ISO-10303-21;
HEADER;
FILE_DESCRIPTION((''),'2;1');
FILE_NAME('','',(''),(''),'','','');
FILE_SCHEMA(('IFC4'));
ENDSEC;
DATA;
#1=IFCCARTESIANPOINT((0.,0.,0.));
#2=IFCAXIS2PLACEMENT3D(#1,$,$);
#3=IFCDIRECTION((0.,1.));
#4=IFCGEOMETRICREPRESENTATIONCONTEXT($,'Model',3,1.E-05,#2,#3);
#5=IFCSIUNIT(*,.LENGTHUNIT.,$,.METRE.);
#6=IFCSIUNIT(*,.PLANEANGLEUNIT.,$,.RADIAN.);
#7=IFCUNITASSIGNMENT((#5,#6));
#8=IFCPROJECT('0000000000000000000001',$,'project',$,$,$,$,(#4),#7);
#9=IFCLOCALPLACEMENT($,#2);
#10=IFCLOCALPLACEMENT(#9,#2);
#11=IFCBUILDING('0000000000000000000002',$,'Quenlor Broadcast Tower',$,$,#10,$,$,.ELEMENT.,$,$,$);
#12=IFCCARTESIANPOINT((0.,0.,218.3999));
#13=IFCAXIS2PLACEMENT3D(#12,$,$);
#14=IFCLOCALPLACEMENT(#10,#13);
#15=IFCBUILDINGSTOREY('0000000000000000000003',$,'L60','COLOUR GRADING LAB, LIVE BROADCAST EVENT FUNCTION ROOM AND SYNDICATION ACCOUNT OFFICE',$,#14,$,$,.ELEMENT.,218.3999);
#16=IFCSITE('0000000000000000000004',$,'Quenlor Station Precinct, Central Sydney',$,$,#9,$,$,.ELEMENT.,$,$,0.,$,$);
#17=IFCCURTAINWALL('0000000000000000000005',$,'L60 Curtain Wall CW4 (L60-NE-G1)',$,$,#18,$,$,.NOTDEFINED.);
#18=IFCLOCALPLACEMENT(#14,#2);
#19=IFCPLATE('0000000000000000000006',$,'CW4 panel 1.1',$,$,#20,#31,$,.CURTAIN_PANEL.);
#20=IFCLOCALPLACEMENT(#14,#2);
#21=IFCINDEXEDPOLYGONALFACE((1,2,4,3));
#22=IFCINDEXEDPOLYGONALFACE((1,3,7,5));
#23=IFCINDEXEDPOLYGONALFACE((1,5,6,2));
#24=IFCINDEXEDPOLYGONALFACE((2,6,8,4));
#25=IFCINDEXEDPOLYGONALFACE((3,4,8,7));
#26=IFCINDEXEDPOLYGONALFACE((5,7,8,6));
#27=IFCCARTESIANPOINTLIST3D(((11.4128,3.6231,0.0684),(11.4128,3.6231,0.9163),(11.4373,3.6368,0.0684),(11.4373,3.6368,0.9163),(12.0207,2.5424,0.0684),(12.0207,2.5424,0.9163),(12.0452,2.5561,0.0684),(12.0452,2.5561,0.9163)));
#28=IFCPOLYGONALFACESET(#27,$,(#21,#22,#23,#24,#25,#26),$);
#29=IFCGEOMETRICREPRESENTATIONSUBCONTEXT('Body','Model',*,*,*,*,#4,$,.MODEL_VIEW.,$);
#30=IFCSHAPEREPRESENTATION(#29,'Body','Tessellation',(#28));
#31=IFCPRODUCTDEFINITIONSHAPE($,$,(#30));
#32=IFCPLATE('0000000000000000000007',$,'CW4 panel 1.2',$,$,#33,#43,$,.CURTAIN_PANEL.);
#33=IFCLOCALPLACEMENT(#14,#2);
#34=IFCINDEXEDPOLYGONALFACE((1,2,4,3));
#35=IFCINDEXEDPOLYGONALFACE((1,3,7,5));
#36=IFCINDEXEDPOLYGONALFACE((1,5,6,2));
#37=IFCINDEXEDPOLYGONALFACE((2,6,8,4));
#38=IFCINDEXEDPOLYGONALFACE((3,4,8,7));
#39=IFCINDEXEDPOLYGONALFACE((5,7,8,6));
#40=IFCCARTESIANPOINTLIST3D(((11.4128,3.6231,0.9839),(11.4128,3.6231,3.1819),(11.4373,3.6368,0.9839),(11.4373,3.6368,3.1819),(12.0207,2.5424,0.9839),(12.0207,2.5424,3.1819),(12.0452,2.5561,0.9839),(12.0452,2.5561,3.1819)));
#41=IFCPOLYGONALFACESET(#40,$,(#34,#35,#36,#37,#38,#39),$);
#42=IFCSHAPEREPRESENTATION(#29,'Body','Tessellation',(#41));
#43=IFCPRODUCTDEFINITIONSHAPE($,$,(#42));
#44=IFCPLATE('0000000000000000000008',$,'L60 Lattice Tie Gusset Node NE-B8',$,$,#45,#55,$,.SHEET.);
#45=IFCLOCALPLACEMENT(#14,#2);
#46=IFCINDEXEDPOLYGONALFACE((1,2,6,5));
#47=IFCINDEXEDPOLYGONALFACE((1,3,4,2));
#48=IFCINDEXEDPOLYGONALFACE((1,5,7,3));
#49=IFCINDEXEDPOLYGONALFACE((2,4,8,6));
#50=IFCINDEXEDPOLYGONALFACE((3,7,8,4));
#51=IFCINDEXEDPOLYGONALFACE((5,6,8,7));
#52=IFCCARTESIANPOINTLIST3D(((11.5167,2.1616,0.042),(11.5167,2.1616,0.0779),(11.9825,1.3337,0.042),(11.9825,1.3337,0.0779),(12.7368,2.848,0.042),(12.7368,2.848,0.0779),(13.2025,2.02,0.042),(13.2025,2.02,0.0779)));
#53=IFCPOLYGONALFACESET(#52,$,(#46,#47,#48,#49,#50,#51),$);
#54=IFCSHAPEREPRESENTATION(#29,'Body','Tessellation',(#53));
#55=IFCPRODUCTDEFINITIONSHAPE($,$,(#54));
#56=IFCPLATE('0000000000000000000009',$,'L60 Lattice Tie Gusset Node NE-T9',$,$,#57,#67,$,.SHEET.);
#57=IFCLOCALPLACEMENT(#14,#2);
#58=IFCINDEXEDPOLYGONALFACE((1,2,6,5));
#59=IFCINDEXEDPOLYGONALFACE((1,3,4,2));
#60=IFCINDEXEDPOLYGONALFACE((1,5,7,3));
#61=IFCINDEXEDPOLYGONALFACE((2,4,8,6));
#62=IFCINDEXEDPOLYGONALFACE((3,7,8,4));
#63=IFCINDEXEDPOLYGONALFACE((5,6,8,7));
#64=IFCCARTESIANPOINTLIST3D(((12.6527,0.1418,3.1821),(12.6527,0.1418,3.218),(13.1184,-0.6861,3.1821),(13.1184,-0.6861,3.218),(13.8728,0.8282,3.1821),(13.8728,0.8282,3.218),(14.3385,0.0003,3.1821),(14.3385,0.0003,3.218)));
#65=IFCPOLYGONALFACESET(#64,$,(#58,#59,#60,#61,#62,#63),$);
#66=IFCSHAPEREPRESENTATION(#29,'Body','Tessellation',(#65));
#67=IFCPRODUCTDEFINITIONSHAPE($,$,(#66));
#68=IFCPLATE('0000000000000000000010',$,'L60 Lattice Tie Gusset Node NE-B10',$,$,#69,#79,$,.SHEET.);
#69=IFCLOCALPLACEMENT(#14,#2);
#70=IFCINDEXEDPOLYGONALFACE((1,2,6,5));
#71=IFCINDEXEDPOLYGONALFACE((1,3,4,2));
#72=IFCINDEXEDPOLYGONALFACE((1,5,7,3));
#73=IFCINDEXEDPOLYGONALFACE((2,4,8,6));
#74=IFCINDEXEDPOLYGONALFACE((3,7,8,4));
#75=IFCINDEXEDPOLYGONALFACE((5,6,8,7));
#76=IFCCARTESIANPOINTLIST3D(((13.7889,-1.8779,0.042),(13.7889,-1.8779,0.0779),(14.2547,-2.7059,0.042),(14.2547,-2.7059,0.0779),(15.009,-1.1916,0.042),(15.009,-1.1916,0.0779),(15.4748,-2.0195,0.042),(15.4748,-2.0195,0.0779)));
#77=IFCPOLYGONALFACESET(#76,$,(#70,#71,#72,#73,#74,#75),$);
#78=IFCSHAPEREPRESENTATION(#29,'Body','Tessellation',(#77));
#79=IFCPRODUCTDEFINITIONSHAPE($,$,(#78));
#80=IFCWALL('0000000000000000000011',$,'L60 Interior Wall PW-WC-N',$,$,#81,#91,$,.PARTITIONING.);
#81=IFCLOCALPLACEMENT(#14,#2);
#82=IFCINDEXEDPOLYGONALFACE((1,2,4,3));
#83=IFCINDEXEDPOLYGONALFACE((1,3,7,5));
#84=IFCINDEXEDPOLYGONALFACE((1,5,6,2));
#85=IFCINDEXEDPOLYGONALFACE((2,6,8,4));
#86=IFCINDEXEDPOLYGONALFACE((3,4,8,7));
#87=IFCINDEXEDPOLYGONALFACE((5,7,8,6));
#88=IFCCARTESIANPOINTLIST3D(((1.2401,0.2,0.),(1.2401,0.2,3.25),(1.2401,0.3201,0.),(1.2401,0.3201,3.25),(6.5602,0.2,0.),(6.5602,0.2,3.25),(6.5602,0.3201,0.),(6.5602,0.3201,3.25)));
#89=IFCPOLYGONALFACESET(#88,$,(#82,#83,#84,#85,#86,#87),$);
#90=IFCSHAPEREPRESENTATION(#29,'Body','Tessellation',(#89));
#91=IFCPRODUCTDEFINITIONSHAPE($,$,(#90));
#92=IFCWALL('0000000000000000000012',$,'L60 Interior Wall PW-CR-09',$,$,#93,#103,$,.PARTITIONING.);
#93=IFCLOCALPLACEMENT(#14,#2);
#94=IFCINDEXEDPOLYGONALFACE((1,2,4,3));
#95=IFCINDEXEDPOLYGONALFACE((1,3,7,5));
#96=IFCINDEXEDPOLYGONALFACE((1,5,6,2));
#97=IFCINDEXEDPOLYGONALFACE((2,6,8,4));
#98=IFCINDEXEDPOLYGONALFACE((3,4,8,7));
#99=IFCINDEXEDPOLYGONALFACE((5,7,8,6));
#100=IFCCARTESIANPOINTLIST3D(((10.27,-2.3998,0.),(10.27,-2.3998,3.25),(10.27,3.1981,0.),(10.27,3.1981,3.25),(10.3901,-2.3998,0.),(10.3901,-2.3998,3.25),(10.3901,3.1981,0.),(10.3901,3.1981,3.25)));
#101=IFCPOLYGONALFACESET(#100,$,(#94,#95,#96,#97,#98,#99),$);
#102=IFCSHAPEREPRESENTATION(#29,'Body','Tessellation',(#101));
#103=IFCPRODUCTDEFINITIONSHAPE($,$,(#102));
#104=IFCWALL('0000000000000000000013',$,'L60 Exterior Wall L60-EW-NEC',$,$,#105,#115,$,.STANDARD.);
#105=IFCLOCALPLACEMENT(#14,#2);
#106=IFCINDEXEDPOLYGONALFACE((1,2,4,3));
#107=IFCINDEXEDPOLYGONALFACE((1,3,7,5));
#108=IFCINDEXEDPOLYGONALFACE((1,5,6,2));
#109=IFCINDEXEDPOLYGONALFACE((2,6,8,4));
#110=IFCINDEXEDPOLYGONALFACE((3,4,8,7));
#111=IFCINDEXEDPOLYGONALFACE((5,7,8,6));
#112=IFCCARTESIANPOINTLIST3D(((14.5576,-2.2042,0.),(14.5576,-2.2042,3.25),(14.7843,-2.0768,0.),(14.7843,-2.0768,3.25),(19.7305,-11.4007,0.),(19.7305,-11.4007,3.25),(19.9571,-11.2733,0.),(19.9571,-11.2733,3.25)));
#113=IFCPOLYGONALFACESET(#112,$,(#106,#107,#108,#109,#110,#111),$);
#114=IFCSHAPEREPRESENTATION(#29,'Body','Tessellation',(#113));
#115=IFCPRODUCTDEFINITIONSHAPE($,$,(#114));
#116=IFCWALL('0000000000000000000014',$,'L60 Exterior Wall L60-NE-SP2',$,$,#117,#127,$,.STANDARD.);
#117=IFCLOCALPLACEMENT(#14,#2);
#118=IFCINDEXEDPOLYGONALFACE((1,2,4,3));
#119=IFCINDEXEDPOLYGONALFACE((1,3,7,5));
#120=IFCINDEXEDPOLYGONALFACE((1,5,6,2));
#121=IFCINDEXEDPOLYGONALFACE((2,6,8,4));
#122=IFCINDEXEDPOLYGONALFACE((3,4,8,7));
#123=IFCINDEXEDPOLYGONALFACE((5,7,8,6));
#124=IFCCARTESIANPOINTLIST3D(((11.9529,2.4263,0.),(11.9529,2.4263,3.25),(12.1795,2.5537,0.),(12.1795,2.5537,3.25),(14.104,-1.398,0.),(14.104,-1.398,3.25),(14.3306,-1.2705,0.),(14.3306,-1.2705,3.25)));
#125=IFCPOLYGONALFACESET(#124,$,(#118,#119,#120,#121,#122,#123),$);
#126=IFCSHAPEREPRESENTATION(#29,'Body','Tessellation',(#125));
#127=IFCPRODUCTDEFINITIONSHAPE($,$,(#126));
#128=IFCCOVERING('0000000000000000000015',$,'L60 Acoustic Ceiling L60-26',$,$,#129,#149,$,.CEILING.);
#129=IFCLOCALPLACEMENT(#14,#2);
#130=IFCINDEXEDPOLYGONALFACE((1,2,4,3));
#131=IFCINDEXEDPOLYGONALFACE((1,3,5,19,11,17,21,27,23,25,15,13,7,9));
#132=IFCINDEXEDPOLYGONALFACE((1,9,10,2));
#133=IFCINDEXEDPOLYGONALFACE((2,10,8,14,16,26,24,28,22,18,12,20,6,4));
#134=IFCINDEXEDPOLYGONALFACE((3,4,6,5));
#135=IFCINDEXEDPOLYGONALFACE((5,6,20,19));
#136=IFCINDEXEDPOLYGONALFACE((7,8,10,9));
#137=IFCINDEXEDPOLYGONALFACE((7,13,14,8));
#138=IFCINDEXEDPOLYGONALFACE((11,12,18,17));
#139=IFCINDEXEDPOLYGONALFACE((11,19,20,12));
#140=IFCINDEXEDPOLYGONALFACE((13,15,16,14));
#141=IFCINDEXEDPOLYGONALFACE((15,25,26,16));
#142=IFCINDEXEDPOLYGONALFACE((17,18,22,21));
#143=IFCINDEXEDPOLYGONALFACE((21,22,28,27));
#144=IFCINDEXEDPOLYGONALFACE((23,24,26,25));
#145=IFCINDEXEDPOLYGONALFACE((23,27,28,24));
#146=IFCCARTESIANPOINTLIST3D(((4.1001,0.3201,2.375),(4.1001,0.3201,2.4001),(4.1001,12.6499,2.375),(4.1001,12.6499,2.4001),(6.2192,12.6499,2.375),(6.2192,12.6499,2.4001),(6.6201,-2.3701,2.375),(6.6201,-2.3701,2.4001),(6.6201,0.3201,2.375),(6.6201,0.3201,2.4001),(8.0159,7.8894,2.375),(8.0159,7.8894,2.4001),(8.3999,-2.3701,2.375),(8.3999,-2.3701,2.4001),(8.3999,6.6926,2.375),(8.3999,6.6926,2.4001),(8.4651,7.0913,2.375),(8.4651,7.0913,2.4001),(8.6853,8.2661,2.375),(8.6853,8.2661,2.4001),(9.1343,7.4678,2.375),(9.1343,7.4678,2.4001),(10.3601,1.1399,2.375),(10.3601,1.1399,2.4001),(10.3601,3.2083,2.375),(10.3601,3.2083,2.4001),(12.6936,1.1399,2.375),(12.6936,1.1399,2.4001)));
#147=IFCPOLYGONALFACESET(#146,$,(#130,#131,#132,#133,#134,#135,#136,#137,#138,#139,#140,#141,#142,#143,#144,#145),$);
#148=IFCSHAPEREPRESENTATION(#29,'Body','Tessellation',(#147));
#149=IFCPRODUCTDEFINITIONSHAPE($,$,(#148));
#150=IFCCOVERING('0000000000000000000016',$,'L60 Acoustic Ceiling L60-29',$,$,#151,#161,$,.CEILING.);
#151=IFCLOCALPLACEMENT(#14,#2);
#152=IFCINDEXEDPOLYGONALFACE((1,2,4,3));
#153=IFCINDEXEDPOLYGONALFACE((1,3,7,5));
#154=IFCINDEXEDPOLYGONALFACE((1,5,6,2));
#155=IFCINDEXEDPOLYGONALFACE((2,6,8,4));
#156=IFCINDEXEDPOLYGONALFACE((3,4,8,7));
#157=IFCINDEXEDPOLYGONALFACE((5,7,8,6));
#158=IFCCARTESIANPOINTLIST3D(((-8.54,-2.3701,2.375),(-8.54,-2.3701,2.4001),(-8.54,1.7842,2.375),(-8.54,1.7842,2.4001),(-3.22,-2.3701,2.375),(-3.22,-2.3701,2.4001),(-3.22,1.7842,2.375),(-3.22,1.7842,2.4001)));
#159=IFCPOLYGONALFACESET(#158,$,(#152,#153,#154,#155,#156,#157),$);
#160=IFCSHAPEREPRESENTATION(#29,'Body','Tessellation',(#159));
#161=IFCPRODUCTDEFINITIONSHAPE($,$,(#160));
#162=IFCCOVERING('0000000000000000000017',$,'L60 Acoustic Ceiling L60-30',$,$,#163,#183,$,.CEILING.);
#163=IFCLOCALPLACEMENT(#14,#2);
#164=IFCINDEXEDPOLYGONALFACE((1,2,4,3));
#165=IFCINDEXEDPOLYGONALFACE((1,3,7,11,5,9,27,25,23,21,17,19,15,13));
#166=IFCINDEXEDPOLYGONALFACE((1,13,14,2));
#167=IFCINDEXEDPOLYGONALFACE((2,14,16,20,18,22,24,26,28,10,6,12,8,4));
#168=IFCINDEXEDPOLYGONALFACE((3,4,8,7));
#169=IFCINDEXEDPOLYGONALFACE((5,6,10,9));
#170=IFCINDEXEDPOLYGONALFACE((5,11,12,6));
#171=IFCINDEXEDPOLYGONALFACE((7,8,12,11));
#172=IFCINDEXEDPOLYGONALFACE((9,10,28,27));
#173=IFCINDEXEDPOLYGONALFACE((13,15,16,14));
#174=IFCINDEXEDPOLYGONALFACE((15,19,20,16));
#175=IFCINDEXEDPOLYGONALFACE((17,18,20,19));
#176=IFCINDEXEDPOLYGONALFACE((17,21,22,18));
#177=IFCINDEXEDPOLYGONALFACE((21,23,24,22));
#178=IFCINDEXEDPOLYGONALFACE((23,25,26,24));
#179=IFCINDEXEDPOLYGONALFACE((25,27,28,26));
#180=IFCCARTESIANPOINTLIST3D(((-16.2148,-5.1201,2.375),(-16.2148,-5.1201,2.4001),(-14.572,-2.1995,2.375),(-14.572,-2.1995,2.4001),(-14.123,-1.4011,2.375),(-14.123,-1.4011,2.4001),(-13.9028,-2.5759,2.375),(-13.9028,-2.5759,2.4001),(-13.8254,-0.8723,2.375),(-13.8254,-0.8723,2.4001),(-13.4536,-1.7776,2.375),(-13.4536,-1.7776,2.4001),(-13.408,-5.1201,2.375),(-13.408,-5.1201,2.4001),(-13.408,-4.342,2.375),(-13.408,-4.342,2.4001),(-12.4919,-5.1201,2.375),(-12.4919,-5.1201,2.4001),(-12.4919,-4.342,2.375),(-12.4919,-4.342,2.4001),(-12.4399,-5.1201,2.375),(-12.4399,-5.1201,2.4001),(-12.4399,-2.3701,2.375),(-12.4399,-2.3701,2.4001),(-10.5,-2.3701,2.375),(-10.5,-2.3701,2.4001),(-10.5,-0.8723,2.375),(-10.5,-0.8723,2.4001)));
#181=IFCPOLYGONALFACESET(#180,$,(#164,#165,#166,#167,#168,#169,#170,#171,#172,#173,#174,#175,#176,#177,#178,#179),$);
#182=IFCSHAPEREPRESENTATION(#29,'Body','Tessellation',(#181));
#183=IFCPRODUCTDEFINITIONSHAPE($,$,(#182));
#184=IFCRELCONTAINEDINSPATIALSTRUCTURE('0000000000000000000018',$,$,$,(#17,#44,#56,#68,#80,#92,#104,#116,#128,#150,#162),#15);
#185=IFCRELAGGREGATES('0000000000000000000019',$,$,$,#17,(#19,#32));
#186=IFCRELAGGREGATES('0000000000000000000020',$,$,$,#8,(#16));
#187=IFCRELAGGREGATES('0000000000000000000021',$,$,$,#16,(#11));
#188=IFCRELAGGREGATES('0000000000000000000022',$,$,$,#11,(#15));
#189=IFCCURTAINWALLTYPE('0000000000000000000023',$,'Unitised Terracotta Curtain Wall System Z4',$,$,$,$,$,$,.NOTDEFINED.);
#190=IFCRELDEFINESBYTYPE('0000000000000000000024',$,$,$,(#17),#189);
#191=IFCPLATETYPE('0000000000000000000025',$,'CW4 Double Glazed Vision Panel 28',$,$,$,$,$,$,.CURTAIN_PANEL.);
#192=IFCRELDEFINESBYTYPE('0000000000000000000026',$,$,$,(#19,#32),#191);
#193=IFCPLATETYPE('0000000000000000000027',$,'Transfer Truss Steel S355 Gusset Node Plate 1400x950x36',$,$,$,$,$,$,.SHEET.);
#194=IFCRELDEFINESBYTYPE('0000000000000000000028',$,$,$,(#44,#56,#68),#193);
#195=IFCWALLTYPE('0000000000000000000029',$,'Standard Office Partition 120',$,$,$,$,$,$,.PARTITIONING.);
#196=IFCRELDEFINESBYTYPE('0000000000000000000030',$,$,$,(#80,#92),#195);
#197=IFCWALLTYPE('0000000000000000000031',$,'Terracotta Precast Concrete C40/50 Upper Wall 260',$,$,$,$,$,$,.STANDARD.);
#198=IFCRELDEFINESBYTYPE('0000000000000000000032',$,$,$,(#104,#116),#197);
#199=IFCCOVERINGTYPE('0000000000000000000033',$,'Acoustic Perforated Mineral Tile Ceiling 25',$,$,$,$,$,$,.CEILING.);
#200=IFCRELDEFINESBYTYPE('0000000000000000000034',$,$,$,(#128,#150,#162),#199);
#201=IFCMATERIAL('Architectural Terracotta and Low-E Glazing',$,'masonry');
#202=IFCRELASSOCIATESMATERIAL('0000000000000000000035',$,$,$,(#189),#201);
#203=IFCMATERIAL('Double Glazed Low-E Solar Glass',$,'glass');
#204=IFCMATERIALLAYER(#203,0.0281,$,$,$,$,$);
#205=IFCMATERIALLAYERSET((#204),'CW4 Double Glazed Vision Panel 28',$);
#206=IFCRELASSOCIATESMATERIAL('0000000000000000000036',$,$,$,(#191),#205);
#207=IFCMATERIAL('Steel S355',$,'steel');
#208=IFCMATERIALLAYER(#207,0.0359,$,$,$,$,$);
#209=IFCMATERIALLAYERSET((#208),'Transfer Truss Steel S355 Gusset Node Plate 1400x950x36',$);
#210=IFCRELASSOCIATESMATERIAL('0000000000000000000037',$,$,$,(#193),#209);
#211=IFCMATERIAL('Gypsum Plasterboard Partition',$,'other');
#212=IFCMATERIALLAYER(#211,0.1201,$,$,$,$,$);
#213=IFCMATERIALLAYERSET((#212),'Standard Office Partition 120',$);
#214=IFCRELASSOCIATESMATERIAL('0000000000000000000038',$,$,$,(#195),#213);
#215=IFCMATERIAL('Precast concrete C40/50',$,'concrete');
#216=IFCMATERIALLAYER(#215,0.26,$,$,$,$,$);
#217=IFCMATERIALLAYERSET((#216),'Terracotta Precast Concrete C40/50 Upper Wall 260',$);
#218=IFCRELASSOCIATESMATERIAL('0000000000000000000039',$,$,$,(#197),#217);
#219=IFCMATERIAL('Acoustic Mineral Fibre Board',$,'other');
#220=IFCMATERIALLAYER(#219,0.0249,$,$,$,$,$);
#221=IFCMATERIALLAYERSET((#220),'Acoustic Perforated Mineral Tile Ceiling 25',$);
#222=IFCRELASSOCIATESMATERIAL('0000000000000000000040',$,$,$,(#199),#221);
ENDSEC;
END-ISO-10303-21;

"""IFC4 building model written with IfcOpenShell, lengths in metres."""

from ifc_helpers import new_model, si_unit, direction, frame, frame_2d, origin, origin_2d, place, context, subcontext, project, spatial, polyline, rectangle, outline, extrude, material, layer, layer_set, type_object, element, aggregate, save


model = new_model("IFC4")

# Units and contexts
model_context = context("Model", 3, precision=1e-05, world=origin(), true_north=direction((0.0, 1.0)))
body_context = subcontext(model_context, "Body", "Model", "MODEL_VIEW")
ifc_project = project(units=[si_unit("LENGTHUNIT", "METRE"), si_unit("PLANEANGLEUNIT", "RADIAN")], contexts=[model_context])

# Site, building, storey
site_placement = place(None, origin())
site = spatial("IfcSite", under=ifc_project, at=site_placement, Name="Quenlor Station Precinct, Central Sydney", CompositionType="ELEMENT", RefElevation=0.0)
building_placement = place(site_placement, origin())
building = spatial("IfcBuilding", under=site, at=building_placement, Name="Quenlor Broadcast Tower", CompositionType="ELEMENT")
storey_placement = place(building_placement, frame((0.0, 0.0, 218.3999)))
storey = spatial("IfcBuildingStorey", under=building, at=storey_placement, Name="L60", Description="COLOUR GRADING LAB, LIVE BROADCAST EVENT FUNCTION ROOM AND SYNDICATION ACCOUNT OFFICE", CompositionType="ELEMENT", Elevation=218.3999)

# Curtain wall
ifc_material_1 = material(Name="Architectural Terracotta and Low-E Glazing", Category="masonry")
curtain_wall_type = type_object("IfcCurtainWallType", Name="Unitised Terracotta Curtain Wall System Z4", PredefinedType="NOTDEFINED", material=ifc_material_1)
curtain_wall_placement = place(storey_placement, origin())
curtain_wall = element("IfcCurtainWall", 1, at=curtain_wall_placement, inside=storey, type_object=curtain_wall_type, Name="L60 Curtain Wall CW4 (L60-NE-G1)", PredefinedType="NOTDEFINED")

# Plates
ifc_material_2 = material(Name="Double Glazed Low-E Solar Glass", Category="glass")
ifc_layer_1 = layer(ifc_material_2, 0.0281)
ifc_layer_set_1 = layer_set([ifc_layer_1], Name="CW4 Double Glazed Vision Panel 28")
plate_type_1 = type_object("IfcPlateType", Name="CW4 Double Glazed Vision Panel 28", PredefinedType="CURTAIN_PANEL", material=ifc_layer_set_1)
plate_1_placement = place(storey_placement, frame((11.729, 3.0896, 0.0684), z_axis=(0.0, 0.0, 1.0), x_axis=(0.490289, -0.87156, 0.0)))
plate_1 = element("IfcPlate", 2, at=plate_1_placement, type_object=plate_type_1, Name="CW4 panel 1.1", PredefinedType="CURTAIN_PANEL", context=body_context, shape_type="SweptSolid", body=[
    extrude(rectangle(XDim=1.24, YDim=0.0281, at=origin_2d()), origin(), (0.0, 0.0, 1.0), 0.8479),
])
plate_2_placement = place(storey_placement, frame((11.729, 3.0896, 0.9839), z_axis=(0.0, 0.0, 1.0), x_axis=(0.490289, -0.87156, 0.0)))
plate_2 = element("IfcPlate", 3, at=plate_2_placement, type_object=plate_type_1, Name="CW4 panel 1.2", PredefinedType="CURTAIN_PANEL", context=body_context, shape_type="SweptSolid", body=[
    extrude(rectangle(XDim=1.24, YDim=0.0281, at=origin_2d()), origin(), (0.0, 0.0, 1.0), 2.198),
])
aggregate(curtain_wall, [plate_1, plate_2])

# Plates
ifc_material_3 = material(Name="Steel S355", Category="steel")
ifc_layer_2 = layer(ifc_material_3, 0.0359)
ifc_layer_set_2 = layer_set([ifc_layer_2], Name="Transfer Truss Steel S355 Gusset Node Plate 1400x950x36")
plate_type_2 = type_object("IfcPlateType", Name="Transfer Truss Steel S355 Gusset Node Plate 1400x950x36", PredefinedType="SHEET", material=ifc_layer_set_2)
for number, where, z_axis, x_axis, name in (
    (4, (12.3596, 2.0908, 0.042), (0.0, 0.0, 1.0), (0.871556, 0.490295, 0.0), "L60 Lattice Tie Gusset Node NE-B8"),
    (5, (13.4956, 0.071, 3.1821), (0.0, 0.0, 1.0), (0.871556, 0.490295, 0.0), "L60 Lattice Tie Gusset Node NE-T9"),
    (6, (14.6318, -1.9487, 0.042), (0.0, 0.0, 1.0), (0.871556, 0.490295, 0.0), "L60 Lattice Tie Gusset Node NE-B10"),
):
    element("IfcPlate", number, at=place(storey_placement, frame(where, z_axis=z_axis, x_axis=x_axis)), inside=storey, type_object=plate_type_2, Name=name, PredefinedType="SHEET", context=body_context, shape_type="SweptSolid", body=[
        extrude(rectangle(XDim=1.3999, YDim=0.95, at=origin_2d()), origin(), (0.0, 0.0, 1.0), 0.0359),
    ])

# Walls
ifc_material_4 = material(Name="Gypsum Plasterboard Partition", Category="other")
ifc_layer_3 = layer(ifc_material_4, 0.1201)
ifc_layer_set_3 = layer_set([ifc_layer_3], Name="Standard Office Partition 120")
wall_type_1 = type_object("IfcWallType", Name="Standard Office Partition 120", PredefinedType="PARTITIONING", material=ifc_layer_set_3)
wall_1_placement = place(storey_placement, frame((1.24, 0.26, 0.0), z_axis=(0.0, 0.0, 1.0), x_axis=(1.0, 0.0, 0.0)))
element("IfcWall", 7, at=wall_1_placement, inside=storey, type_object=wall_type_1, Name="L60 Interior Wall PW-WC-N", PredefinedType="PARTITIONING", context=body_context, shape_type="SweptSolid", body=[
    extrude(rectangle(XDim=5.3201, YDim=0.1201, at=frame_2d((2.6602, 0.0))), origin(), (0.0, 0.0, 1.0), 3.25),
])
wall_2_placement = place(storey_placement, frame((10.3301, 3.198, 0.0), z_axis=(0.0, 0.0, 1.0), x_axis=(0.0, -1.0, 0.0)))
element("IfcWall", 8, at=wall_2_placement, inside=storey, type_object=wall_type_1, Name="L60 Interior Wall PW-CR-09", PredefinedType="PARTITIONING", context=body_context, shape_type="SweptSolid", body=[
    extrude(rectangle(XDim=5.5979, YDim=0.1201, at=frame_2d((2.7988, 0.0))), origin(), (0.0, 0.0, 1.0), 3.25),
])
ifc_material_5 = material(Name="Precast concrete C40/50", Category="concrete")
ifc_layer_4 = layer(ifc_material_5, 0.26)
ifc_layer_set_4 = layer_set([ifc_layer_4], Name="Terracotta Precast Concrete C40/50 Upper Wall 260")
wall_type_2 = type_object("IfcWallType", Name="Terracotta Precast Concrete C40/50 Upper Wall 260", PredefinedType="STANDARD", material=ifc_layer_set_4)
wall_3_placement = place(storey_placement, frame((14.6709, -2.1404, 0.0), z_axis=(0.0, 0.0, 1.0), x_axis=(0.490247, -0.871584, 0.0)))
element("IfcWall", 9, at=wall_3_placement, inside=storey, type_object=wall_type_2, Name="L60 Exterior Wall L60-EW-NEC", PredefinedType="STANDARD", context=body_context, shape_type="SweptSolid", body=[
    extrude(rectangle(XDim=10.5515, YDim=0.26, at=frame_2d((5.2759, 0.0))), origin(), (0.0, 0.0, 1.0), 3.25),
])
wall_4_placement = place(storey_placement, frame((12.0662, 2.49, 0.0), z_axis=(0.0, 0.0, 1.0), x_axis=(0.490261, -0.871576, 0.0)))
element("IfcWall", 10, at=wall_4_placement, inside=storey, type_object=wall_type_2, Name="L60 Exterior Wall L60-NE-SP2", PredefinedType="STANDARD", context=body_context, shape_type="SweptSolid", body=[
    extrude(rectangle(XDim=4.3877, YDim=0.26, at=frame_2d((2.1938, 0.0))), origin(), (0.0, 0.0, 1.0), 3.25),
])

# Coverings
ifc_material_6 = material(Name="Acoustic Mineral Fibre Board", Category="other")
ifc_layer_5 = layer(ifc_material_6, 0.0249)
ifc_layer_set_5 = layer_set([ifc_layer_5], Name="Acoustic Perforated Mineral Tile Ceiling 25")
covering_type = type_object("IfcCoveringType", Name="Acoustic Perforated Mineral Tile Ceiling 25", PredefinedType="CEILING", material=ifc_layer_set_5)
covering_1_placement = place(storey_placement, frame((0.0, 0.0, 2.375)))
element("IfcCovering", 11, at=covering_1_placement, inside=storey, type_object=covering_type, Name="L60 Acoustic Ceiling L60-26", PredefinedType="CEILING", context=body_context, shape_type="SweptSolid", body=[
    extrude(outline(polyline([(8.3999, 6.6926), (8.3999, -2.3701), (6.6201, -2.3701), (6.6201, 0.3201), (4.1001, 0.3201), (4.1001, 12.6499), (6.2192, 12.6499), (8.6853, 8.2661), (8.0159, 7.8894), (8.4651, 7.0913), (9.1343, 7.4678), (12.6936, 1.1399), (10.3601, 1.1399), (10.3601, 3.2083), (8.3999, 6.6926)])), origin(), (0.0, 0.0, 1.0), 0.0251),
])
covering_2_placement = place(storey_placement, frame((0.0, 0.0, 2.375)))
element("IfcCovering", 12, at=covering_2_placement, inside=storey, type_object=covering_type, Name="L60 Acoustic Ceiling L60-29", PredefinedType="CEILING", context=body_context, shape_type="SweptSolid", body=[
    extrude(outline(polyline([(-3.22, 1.7842), (-3.22, -2.3701), (-8.54, -2.3701), (-8.54, 1.7842), (-3.22, 1.7842)])), origin(), (0.0, 0.0, 1.0), 0.0251),
])
covering_3_placement = place(storey_placement, frame((0.0, 0.0, 2.375)))
element("IfcCovering", 13, at=covering_3_placement, inside=storey, type_object=covering_type, Name="L60 Acoustic Ceiling L60-30", PredefinedType="CEILING", context=body_context, shape_type="SweptSolid", body=[
    extrude(outline(polyline([(-14.572, -2.1995), (-13.9028, -2.5759), (-13.4536, -1.7776), (-14.123, -1.4011), (-13.8254, -0.8723), (-10.5, -0.8723), (-10.5, -2.3701), (-12.4399, -2.3701), (-12.4399, -5.1201), (-12.4919, -5.1201), (-12.4919, -4.342), (-13.408, -4.342), (-13.408, -5.1201), (-16.2148, -5.1201), (-14.572, -2.1995)])), origin(), (0.0, 0.0, 1.0), 0.0251),
])

save(model, "model.ifc")
